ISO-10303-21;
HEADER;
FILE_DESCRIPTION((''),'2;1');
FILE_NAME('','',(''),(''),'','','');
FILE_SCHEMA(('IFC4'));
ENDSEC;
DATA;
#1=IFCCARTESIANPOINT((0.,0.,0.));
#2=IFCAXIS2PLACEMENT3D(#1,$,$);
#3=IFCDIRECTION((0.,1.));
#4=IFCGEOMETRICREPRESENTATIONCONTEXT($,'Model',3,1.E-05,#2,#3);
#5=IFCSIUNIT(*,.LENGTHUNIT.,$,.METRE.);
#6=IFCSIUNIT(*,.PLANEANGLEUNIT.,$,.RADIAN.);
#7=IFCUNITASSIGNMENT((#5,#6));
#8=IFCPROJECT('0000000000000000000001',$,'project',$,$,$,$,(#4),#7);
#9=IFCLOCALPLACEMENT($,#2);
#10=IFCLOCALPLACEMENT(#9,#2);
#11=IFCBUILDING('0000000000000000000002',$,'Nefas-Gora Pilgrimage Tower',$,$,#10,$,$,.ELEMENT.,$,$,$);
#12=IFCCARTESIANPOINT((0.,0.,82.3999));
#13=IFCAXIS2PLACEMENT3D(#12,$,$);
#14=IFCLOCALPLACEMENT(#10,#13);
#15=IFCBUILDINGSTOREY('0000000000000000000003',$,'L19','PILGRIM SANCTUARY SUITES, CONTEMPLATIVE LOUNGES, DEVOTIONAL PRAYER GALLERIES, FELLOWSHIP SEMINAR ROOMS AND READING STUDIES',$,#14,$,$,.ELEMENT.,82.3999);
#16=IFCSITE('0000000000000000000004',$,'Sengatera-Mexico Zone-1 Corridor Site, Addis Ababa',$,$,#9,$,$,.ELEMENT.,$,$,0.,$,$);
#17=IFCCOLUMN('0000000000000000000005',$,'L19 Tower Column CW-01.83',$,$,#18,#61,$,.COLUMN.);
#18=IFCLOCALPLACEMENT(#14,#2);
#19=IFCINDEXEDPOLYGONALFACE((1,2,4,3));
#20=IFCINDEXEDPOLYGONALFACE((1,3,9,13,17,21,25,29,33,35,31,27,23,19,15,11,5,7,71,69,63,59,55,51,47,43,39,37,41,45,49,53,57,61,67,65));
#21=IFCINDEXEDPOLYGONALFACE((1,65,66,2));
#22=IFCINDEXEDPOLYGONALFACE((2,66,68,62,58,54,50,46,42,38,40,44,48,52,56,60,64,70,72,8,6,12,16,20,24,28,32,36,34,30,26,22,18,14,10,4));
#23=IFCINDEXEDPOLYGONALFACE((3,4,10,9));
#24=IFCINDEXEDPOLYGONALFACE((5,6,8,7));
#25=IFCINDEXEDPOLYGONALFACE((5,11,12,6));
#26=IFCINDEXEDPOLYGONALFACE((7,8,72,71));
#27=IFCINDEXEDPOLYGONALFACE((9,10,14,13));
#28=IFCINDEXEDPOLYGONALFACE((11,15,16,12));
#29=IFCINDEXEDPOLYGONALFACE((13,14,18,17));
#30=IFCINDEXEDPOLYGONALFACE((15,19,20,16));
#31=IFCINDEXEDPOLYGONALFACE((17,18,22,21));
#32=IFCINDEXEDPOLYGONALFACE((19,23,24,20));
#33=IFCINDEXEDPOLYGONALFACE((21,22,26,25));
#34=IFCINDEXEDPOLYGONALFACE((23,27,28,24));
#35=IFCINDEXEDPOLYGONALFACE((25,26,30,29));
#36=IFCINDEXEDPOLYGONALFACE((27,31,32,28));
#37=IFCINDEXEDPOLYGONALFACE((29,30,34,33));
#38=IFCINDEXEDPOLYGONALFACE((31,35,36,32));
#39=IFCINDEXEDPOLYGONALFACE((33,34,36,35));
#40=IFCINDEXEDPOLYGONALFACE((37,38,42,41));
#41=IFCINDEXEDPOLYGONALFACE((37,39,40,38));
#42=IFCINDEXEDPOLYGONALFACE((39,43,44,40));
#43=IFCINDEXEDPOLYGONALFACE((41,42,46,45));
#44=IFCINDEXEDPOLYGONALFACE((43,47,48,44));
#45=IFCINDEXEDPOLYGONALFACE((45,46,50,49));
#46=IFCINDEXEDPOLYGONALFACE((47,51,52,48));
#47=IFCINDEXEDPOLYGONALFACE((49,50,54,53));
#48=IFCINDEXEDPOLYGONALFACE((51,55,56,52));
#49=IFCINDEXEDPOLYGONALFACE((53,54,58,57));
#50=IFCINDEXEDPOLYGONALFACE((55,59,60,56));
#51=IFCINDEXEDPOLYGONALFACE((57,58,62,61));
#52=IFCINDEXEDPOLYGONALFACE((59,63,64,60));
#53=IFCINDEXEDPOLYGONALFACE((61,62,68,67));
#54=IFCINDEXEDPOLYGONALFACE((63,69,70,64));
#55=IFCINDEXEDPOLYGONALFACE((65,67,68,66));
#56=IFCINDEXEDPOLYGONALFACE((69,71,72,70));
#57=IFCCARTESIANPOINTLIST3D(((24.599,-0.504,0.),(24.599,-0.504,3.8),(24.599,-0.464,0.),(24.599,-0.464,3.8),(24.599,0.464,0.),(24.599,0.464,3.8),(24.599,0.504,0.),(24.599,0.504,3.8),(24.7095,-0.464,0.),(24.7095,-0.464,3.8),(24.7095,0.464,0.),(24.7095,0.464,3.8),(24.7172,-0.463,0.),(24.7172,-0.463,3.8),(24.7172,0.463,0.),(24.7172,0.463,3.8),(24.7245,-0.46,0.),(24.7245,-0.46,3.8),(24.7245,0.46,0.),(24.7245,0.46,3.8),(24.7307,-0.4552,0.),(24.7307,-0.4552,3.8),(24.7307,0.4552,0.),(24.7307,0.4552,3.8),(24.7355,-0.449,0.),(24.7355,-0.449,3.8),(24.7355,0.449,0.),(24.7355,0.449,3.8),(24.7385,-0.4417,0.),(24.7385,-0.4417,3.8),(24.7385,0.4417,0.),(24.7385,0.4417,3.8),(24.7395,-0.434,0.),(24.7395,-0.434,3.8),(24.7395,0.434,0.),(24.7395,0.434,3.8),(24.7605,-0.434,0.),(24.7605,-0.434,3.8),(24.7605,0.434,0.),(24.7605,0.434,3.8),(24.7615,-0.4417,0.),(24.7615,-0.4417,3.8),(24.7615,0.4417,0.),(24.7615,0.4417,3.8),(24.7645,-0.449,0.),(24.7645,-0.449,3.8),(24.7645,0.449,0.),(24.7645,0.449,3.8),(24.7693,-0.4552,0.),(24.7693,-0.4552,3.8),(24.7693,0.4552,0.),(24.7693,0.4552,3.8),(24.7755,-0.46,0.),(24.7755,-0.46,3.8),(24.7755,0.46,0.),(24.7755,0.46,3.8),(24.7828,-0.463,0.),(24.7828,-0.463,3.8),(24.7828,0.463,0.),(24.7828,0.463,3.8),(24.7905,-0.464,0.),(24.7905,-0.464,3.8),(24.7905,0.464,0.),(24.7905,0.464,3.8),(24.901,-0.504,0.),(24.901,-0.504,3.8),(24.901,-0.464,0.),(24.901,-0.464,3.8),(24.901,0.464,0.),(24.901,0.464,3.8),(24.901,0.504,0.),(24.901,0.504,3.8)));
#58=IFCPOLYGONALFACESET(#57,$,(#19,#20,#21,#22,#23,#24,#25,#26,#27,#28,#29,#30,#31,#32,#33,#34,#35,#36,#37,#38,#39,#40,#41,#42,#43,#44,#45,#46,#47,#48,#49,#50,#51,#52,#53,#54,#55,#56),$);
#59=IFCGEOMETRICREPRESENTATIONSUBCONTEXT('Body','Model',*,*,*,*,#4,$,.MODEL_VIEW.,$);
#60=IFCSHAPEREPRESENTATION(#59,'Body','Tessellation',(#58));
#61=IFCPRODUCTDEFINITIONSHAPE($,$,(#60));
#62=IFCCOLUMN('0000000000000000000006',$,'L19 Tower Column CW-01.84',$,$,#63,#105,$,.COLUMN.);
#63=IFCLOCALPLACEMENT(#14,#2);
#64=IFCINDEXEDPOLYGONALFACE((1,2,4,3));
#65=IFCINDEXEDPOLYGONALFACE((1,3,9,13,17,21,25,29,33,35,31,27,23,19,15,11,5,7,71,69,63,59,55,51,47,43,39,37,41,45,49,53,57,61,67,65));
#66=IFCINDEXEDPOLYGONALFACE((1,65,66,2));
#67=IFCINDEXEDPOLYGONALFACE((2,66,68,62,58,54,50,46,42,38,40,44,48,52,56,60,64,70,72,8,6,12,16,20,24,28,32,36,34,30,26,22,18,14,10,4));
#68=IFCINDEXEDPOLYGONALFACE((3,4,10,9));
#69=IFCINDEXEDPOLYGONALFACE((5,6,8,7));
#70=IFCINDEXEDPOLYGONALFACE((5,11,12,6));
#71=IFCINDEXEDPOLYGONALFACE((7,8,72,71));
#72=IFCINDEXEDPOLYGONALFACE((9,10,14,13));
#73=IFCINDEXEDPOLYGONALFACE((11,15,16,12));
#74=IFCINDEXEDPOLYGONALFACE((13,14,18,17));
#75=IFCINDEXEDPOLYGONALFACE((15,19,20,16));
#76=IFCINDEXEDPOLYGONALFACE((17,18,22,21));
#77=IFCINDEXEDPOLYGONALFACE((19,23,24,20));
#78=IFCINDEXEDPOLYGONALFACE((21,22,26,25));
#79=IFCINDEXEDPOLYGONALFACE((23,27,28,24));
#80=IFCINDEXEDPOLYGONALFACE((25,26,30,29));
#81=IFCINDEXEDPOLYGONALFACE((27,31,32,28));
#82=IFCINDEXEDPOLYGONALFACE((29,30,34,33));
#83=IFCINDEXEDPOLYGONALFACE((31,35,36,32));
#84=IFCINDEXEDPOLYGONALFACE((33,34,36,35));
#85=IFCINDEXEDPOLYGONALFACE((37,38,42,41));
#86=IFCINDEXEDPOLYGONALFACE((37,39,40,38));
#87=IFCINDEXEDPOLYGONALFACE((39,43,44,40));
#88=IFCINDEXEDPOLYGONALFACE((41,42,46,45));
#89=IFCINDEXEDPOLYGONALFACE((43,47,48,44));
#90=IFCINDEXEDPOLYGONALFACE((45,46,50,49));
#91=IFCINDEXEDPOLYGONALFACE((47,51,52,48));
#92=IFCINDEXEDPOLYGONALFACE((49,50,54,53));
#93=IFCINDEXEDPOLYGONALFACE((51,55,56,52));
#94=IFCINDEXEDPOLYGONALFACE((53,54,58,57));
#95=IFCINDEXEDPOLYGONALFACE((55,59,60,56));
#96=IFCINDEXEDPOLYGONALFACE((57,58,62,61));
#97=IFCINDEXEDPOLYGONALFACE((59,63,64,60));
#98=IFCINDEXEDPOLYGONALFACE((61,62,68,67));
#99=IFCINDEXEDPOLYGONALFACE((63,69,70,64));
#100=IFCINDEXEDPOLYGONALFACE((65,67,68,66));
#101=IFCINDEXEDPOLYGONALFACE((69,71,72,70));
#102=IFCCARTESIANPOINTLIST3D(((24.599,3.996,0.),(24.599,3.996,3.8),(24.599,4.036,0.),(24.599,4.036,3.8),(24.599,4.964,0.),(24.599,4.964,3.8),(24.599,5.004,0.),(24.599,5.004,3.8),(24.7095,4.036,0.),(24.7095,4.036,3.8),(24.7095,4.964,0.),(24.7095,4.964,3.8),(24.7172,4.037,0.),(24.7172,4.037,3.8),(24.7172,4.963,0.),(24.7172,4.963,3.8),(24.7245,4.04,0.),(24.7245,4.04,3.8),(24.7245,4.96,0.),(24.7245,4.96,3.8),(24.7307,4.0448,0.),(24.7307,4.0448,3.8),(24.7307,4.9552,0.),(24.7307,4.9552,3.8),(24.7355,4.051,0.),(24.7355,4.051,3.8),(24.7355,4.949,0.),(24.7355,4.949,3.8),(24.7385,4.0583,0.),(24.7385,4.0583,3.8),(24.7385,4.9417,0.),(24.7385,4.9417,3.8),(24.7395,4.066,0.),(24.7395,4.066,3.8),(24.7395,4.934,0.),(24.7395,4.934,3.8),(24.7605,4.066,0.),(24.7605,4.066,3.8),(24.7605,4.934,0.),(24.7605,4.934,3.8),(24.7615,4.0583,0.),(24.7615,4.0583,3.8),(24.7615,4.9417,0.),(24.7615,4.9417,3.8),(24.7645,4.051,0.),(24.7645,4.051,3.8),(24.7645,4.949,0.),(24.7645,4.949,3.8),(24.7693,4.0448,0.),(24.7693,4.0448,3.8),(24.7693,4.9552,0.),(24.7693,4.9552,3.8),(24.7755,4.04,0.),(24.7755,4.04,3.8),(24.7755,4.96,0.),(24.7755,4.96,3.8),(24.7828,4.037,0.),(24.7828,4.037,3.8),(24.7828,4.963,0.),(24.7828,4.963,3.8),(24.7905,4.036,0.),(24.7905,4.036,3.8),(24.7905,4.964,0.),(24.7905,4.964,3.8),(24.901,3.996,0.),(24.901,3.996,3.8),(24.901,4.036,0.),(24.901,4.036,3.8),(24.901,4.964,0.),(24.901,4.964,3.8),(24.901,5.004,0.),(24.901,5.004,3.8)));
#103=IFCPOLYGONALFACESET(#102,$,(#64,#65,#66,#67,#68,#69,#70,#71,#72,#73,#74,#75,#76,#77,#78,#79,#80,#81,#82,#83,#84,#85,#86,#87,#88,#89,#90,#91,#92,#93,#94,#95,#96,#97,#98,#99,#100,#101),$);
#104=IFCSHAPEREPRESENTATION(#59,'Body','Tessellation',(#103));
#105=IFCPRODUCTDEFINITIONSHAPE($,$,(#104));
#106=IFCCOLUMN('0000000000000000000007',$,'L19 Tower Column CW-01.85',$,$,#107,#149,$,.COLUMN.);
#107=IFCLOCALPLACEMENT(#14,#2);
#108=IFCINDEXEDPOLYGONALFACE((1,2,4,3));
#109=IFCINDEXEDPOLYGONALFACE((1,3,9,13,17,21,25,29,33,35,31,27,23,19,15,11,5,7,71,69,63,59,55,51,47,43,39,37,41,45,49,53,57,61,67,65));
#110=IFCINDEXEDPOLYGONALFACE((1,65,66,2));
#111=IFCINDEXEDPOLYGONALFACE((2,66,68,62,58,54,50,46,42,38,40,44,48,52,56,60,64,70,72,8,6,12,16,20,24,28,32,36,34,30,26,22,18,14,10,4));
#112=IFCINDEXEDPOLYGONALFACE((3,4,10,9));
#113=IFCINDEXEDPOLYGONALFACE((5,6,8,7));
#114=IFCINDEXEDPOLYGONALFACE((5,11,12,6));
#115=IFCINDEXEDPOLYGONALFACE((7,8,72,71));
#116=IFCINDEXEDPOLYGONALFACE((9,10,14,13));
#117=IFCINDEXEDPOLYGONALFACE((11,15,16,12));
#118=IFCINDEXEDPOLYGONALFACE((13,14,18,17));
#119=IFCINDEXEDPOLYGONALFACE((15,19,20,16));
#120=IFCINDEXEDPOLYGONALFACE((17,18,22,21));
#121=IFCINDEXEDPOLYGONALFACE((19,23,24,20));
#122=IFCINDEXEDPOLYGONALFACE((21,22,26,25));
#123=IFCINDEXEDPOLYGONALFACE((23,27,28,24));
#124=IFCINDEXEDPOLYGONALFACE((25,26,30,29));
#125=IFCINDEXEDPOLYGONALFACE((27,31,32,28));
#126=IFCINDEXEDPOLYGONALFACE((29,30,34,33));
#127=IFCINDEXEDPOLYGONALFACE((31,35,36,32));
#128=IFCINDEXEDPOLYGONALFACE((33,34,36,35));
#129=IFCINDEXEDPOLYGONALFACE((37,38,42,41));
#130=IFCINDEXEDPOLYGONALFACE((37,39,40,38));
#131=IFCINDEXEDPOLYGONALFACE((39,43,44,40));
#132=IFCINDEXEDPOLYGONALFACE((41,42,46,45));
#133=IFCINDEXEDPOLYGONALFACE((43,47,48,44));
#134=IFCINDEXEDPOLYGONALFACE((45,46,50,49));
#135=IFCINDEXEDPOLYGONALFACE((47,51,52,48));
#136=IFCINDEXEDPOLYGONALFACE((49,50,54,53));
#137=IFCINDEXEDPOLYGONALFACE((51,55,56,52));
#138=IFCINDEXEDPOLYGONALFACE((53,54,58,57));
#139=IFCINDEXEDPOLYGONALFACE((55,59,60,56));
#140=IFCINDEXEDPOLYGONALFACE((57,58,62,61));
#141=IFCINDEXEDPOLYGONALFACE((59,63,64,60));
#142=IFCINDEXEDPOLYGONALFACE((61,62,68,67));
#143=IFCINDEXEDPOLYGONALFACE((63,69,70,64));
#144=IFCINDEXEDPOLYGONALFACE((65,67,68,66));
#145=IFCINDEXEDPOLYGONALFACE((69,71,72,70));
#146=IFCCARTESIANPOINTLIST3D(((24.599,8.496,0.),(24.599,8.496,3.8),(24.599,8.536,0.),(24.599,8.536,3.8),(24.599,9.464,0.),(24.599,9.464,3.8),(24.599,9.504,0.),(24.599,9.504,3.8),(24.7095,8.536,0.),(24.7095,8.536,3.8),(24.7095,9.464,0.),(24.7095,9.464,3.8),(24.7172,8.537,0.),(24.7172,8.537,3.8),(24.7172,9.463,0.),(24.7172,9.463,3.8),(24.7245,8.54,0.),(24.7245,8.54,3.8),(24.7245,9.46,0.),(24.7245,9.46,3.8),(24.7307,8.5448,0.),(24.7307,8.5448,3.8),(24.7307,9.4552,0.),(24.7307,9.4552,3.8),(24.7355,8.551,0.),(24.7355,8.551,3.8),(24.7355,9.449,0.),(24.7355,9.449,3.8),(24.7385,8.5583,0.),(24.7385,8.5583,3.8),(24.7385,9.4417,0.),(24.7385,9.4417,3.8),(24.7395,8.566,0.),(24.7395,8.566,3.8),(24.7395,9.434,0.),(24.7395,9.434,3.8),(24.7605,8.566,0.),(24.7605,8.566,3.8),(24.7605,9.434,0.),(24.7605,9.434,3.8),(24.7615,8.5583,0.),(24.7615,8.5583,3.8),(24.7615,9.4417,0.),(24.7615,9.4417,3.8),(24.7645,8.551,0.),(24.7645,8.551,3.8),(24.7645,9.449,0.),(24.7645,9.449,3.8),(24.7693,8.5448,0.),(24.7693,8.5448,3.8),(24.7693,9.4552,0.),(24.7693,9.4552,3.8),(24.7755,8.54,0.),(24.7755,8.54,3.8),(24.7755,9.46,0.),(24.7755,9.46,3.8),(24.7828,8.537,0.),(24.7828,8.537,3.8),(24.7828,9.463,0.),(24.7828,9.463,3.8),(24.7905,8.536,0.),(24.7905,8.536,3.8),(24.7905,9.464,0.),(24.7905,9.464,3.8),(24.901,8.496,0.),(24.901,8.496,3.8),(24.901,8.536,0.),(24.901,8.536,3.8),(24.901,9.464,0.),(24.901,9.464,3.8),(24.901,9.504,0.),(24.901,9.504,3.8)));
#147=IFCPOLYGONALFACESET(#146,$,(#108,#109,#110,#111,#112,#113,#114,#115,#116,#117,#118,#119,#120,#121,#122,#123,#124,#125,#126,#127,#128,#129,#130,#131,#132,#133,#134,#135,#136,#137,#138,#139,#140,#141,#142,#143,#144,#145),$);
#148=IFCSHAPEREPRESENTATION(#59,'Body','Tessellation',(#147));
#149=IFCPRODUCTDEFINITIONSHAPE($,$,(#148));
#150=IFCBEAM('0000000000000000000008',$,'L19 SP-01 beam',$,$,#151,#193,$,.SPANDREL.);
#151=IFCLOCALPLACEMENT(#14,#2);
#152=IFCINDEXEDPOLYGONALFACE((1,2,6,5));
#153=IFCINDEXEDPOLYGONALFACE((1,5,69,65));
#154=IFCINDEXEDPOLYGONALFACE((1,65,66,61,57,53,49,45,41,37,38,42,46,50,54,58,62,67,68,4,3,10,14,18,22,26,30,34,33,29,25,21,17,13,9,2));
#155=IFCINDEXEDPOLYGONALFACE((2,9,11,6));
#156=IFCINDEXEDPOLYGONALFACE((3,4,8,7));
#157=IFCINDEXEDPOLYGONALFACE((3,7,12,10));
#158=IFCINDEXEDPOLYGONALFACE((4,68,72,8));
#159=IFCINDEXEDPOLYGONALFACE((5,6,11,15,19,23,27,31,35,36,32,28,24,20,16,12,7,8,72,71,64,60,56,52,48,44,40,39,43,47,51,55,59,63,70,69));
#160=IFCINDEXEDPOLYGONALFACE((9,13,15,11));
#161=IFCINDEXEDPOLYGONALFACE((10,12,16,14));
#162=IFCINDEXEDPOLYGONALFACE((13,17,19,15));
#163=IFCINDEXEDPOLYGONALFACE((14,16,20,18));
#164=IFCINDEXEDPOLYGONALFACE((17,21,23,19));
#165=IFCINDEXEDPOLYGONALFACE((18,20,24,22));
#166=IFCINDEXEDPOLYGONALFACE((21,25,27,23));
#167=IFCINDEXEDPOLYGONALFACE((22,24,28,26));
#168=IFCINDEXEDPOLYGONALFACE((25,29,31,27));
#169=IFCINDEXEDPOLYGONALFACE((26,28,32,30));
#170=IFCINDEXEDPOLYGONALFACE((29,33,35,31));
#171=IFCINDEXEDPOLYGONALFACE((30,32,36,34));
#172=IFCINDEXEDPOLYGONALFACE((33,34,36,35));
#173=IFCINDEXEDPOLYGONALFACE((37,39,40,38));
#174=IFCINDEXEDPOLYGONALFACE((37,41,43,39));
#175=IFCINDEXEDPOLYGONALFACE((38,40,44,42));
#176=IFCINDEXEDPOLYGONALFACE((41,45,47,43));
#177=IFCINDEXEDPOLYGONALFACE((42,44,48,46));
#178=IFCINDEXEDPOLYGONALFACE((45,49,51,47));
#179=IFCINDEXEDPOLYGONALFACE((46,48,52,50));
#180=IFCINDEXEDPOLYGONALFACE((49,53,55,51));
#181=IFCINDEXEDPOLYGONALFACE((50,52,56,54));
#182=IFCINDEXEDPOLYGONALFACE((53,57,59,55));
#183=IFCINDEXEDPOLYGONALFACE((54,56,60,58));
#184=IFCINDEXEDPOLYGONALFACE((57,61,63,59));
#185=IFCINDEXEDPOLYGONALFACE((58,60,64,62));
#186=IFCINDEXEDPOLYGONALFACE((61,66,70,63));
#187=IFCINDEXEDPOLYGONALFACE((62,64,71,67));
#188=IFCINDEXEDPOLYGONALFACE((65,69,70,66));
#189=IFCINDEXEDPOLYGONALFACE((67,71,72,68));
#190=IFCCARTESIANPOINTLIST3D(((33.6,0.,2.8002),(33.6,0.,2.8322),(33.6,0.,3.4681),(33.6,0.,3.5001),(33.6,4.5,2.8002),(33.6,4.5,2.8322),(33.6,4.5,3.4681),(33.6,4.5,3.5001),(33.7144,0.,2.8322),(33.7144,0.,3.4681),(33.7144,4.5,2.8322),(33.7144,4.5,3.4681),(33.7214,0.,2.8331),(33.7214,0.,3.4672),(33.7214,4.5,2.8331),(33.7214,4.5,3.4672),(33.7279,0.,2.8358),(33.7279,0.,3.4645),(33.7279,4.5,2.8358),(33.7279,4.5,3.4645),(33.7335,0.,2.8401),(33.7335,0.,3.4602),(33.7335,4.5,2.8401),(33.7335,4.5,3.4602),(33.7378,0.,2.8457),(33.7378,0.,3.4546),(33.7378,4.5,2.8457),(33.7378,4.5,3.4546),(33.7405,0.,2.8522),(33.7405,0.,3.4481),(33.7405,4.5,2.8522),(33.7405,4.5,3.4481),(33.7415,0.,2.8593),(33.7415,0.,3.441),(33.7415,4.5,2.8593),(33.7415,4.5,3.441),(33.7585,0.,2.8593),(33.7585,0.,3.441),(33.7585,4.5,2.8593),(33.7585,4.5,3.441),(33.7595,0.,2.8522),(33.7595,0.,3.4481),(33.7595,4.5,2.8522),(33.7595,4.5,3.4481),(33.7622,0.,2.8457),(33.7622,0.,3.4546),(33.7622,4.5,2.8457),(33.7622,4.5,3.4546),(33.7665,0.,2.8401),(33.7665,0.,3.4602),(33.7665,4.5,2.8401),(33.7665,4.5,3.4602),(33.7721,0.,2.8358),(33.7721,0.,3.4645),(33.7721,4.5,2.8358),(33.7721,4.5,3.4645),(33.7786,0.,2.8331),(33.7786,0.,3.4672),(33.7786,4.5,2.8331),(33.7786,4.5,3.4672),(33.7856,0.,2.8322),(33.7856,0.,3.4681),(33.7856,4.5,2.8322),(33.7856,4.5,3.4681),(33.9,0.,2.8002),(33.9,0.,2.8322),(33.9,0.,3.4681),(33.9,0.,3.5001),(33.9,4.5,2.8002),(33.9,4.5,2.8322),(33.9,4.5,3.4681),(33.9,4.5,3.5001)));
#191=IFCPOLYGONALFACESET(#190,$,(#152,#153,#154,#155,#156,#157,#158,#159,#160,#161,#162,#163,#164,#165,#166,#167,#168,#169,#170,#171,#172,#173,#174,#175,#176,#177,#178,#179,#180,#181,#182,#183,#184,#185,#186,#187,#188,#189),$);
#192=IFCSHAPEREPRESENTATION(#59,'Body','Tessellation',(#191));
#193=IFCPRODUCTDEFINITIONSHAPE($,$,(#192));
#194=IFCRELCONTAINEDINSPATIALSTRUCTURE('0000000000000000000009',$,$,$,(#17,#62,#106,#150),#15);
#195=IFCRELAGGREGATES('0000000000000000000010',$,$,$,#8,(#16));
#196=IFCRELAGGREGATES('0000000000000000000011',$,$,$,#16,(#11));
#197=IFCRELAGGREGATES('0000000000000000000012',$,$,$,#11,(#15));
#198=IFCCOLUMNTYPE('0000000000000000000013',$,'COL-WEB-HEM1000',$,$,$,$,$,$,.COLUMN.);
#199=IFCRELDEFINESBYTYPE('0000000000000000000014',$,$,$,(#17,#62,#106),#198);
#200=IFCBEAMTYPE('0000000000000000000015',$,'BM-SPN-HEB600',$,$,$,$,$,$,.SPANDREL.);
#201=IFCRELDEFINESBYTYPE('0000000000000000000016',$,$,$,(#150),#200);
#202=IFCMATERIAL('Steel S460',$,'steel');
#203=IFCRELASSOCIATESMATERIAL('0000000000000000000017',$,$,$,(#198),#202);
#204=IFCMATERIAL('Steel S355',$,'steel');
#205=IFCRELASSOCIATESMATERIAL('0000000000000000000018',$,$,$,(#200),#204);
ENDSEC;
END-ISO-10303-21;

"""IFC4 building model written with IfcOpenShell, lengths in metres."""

from ifc_helpers import new_model, si_unit, direction, frame, origin, origin_2d, place, context, subcontext, project, spatial, i_section, extrude, source, transform, mapped, material, material_profile, profile_set, type_object, element, save


model = new_model("IFC4")

# Units and contexts
model_context = context("Model", 3, precision=1e-05, world=origin(), true_north=direction((0.0, 1.0)))
body_context = subcontext(model_context, "Body", "Model", "MODEL_VIEW")
ifc_project = project(units=[si_unit("LENGTHUNIT", "METRE"), si_unit("PLANEANGLEUNIT", "RADIAN")], contexts=[model_context])

# Site, building, storey
site_placement = place(None, origin())
site = spatial("IfcSite", under=ifc_project, at=site_placement, Name="Sengatera-Mexico Zone-1 Corridor Site, Addis Ababa", CompositionType="ELEMENT", RefElevation=0.0)
building_placement = place(site_placement, origin())
building = spatial("IfcBuilding", under=site, at=building_placement, Name="Nefas-Gora Pilgrimage Tower", CompositionType="ELEMENT")
storey_placement = place(building_placement, frame((0.0, 0.0, 82.3999)))
storey = spatial("IfcBuildingStorey", under=building, at=storey_placement, Name="L19", Description="PILGRIM SANCTUARY SUITES, CONTEMPLATIVE LOUNGES, DEVOTIONAL PRAYER GALLERIES, FELLOWSHIP SEMINAR ROOMS AND READING STUDIES", CompositionType="ELEMENT", Elevation=82.3999)

# Columns
ifc_material_1 = material(Name="Steel S460", Category="steel")
ifc_material_profile_1 = material_profile(ifc_material_1, i_section(OverallWidth=0.302, OverallDepth=1.0081, WebThickness=0.021, FlangeThickness=0.04, FilletRadius=0.03, at=origin_2d()), Name="HEM 1000")
ifc_profile_set_1 = profile_set([ifc_material_profile_1], Name="Steel S460")
column_type_1 = type_object("IfcColumnType", Name="COL-WEB-HEM1000", PredefinedType="COLUMN", material=ifc_profile_set_1)
shared_shape_1 = source(origin(), body_context, "Body", "SweptSolid", [
    extrude(i_section(OverallWidth=0.302, OverallDepth=1.0081, WebThickness=0.021, FlangeThickness=0.04, FilletRadius=0.03, at=origin_2d()), origin(), (0.0, 0.0, 1.0), 3.8),
])
for number, where, z_axis, x_axis, name in (
    (1, (24.75, 0.0, 0.0), (0.0, 0.0, 1.0), (1.0, 0.0, 0.0), "L19 Tower Column CW-01.83"),
    (2, (24.75, 4.5, 0.0), (0.0, 0.0, 1.0), (1.0, 0.0, 0.0), "L19 Tower Column CW-01.84"),
    (3, (24.75, 9.0, 0.0), (0.0, 0.0, 1.0), (1.0, 0.0, 0.0), "L19 Tower Column CW-01.85"),
):
    element("IfcColumn", number, at=place(storey_placement, frame(where, z_axis=z_axis, x_axis=x_axis)), inside=storey, type_object=column_type_1, Name=name, PredefinedType="COLUMN", context=body_context, shape_type="MappedRepresentation", body=[
        mapped(shared_shape_1, transform((0.0, 0.0, 0.0), x_axis=(1.0, 0.0, 0.0), y_axis=(0.0, 1.0, 0.0), z_axis=(0.0, 0.0, 1.0), scale=1.0)),
    ])

# Beam
ifc_material_2 = material(Name="Steel S355", Category="steel")
ifc_material_profile_2 = material_profile(ifc_material_2, i_section(OverallWidth=0.3, OverallDepth=0.7, WebThickness=0.0171, FlangeThickness=0.032, FilletRadius=0.0271, at=origin_2d()), Name="HEB 700")
ifc_profile_set_2 = profile_set([ifc_material_profile_2], Name="Steel S355")
beam_type_1 = type_object("IfcBeamType", Name="BM-SPN-HEB600", PredefinedType="SPANDREL", material=ifc_profile_set_2)
shared_shape_2 = source(origin(), body_context, "Body", "SweptSolid", [
    extrude(i_section(OverallWidth=0.3, OverallDepth=0.7, WebThickness=0.0171, FlangeThickness=0.032, FilletRadius=0.0271, at=origin_2d()), origin(), (0.0, 0.0, 1.0), 4.5),
])
for number, where, z_axis, x_axis, name in (
    (4, (33.75, 0.0, 3.1501), (0.0, 1.0, 0.0), (-1.0, 0.0, 0.0), "L19 SP-01 beam"),
):
    element("IfcBeam", number, at=place(storey_placement, frame(where, z_axis=z_axis, x_axis=x_axis)), inside=storey, type_object=beam_type_1, Name=name, PredefinedType="SPANDREL", context=body_context, shape_type="MappedRepresentation", body=[
        mapped(shared_shape_2, transform((0.0, 0.0, 0.0), x_axis=(1.0, 0.0, 0.0), y_axis=(0.0, 1.0, 0.0), z_axis=(0.0, 0.0, 1.0), scale=1.0)),
    ])

save(model, "model.ifc")
